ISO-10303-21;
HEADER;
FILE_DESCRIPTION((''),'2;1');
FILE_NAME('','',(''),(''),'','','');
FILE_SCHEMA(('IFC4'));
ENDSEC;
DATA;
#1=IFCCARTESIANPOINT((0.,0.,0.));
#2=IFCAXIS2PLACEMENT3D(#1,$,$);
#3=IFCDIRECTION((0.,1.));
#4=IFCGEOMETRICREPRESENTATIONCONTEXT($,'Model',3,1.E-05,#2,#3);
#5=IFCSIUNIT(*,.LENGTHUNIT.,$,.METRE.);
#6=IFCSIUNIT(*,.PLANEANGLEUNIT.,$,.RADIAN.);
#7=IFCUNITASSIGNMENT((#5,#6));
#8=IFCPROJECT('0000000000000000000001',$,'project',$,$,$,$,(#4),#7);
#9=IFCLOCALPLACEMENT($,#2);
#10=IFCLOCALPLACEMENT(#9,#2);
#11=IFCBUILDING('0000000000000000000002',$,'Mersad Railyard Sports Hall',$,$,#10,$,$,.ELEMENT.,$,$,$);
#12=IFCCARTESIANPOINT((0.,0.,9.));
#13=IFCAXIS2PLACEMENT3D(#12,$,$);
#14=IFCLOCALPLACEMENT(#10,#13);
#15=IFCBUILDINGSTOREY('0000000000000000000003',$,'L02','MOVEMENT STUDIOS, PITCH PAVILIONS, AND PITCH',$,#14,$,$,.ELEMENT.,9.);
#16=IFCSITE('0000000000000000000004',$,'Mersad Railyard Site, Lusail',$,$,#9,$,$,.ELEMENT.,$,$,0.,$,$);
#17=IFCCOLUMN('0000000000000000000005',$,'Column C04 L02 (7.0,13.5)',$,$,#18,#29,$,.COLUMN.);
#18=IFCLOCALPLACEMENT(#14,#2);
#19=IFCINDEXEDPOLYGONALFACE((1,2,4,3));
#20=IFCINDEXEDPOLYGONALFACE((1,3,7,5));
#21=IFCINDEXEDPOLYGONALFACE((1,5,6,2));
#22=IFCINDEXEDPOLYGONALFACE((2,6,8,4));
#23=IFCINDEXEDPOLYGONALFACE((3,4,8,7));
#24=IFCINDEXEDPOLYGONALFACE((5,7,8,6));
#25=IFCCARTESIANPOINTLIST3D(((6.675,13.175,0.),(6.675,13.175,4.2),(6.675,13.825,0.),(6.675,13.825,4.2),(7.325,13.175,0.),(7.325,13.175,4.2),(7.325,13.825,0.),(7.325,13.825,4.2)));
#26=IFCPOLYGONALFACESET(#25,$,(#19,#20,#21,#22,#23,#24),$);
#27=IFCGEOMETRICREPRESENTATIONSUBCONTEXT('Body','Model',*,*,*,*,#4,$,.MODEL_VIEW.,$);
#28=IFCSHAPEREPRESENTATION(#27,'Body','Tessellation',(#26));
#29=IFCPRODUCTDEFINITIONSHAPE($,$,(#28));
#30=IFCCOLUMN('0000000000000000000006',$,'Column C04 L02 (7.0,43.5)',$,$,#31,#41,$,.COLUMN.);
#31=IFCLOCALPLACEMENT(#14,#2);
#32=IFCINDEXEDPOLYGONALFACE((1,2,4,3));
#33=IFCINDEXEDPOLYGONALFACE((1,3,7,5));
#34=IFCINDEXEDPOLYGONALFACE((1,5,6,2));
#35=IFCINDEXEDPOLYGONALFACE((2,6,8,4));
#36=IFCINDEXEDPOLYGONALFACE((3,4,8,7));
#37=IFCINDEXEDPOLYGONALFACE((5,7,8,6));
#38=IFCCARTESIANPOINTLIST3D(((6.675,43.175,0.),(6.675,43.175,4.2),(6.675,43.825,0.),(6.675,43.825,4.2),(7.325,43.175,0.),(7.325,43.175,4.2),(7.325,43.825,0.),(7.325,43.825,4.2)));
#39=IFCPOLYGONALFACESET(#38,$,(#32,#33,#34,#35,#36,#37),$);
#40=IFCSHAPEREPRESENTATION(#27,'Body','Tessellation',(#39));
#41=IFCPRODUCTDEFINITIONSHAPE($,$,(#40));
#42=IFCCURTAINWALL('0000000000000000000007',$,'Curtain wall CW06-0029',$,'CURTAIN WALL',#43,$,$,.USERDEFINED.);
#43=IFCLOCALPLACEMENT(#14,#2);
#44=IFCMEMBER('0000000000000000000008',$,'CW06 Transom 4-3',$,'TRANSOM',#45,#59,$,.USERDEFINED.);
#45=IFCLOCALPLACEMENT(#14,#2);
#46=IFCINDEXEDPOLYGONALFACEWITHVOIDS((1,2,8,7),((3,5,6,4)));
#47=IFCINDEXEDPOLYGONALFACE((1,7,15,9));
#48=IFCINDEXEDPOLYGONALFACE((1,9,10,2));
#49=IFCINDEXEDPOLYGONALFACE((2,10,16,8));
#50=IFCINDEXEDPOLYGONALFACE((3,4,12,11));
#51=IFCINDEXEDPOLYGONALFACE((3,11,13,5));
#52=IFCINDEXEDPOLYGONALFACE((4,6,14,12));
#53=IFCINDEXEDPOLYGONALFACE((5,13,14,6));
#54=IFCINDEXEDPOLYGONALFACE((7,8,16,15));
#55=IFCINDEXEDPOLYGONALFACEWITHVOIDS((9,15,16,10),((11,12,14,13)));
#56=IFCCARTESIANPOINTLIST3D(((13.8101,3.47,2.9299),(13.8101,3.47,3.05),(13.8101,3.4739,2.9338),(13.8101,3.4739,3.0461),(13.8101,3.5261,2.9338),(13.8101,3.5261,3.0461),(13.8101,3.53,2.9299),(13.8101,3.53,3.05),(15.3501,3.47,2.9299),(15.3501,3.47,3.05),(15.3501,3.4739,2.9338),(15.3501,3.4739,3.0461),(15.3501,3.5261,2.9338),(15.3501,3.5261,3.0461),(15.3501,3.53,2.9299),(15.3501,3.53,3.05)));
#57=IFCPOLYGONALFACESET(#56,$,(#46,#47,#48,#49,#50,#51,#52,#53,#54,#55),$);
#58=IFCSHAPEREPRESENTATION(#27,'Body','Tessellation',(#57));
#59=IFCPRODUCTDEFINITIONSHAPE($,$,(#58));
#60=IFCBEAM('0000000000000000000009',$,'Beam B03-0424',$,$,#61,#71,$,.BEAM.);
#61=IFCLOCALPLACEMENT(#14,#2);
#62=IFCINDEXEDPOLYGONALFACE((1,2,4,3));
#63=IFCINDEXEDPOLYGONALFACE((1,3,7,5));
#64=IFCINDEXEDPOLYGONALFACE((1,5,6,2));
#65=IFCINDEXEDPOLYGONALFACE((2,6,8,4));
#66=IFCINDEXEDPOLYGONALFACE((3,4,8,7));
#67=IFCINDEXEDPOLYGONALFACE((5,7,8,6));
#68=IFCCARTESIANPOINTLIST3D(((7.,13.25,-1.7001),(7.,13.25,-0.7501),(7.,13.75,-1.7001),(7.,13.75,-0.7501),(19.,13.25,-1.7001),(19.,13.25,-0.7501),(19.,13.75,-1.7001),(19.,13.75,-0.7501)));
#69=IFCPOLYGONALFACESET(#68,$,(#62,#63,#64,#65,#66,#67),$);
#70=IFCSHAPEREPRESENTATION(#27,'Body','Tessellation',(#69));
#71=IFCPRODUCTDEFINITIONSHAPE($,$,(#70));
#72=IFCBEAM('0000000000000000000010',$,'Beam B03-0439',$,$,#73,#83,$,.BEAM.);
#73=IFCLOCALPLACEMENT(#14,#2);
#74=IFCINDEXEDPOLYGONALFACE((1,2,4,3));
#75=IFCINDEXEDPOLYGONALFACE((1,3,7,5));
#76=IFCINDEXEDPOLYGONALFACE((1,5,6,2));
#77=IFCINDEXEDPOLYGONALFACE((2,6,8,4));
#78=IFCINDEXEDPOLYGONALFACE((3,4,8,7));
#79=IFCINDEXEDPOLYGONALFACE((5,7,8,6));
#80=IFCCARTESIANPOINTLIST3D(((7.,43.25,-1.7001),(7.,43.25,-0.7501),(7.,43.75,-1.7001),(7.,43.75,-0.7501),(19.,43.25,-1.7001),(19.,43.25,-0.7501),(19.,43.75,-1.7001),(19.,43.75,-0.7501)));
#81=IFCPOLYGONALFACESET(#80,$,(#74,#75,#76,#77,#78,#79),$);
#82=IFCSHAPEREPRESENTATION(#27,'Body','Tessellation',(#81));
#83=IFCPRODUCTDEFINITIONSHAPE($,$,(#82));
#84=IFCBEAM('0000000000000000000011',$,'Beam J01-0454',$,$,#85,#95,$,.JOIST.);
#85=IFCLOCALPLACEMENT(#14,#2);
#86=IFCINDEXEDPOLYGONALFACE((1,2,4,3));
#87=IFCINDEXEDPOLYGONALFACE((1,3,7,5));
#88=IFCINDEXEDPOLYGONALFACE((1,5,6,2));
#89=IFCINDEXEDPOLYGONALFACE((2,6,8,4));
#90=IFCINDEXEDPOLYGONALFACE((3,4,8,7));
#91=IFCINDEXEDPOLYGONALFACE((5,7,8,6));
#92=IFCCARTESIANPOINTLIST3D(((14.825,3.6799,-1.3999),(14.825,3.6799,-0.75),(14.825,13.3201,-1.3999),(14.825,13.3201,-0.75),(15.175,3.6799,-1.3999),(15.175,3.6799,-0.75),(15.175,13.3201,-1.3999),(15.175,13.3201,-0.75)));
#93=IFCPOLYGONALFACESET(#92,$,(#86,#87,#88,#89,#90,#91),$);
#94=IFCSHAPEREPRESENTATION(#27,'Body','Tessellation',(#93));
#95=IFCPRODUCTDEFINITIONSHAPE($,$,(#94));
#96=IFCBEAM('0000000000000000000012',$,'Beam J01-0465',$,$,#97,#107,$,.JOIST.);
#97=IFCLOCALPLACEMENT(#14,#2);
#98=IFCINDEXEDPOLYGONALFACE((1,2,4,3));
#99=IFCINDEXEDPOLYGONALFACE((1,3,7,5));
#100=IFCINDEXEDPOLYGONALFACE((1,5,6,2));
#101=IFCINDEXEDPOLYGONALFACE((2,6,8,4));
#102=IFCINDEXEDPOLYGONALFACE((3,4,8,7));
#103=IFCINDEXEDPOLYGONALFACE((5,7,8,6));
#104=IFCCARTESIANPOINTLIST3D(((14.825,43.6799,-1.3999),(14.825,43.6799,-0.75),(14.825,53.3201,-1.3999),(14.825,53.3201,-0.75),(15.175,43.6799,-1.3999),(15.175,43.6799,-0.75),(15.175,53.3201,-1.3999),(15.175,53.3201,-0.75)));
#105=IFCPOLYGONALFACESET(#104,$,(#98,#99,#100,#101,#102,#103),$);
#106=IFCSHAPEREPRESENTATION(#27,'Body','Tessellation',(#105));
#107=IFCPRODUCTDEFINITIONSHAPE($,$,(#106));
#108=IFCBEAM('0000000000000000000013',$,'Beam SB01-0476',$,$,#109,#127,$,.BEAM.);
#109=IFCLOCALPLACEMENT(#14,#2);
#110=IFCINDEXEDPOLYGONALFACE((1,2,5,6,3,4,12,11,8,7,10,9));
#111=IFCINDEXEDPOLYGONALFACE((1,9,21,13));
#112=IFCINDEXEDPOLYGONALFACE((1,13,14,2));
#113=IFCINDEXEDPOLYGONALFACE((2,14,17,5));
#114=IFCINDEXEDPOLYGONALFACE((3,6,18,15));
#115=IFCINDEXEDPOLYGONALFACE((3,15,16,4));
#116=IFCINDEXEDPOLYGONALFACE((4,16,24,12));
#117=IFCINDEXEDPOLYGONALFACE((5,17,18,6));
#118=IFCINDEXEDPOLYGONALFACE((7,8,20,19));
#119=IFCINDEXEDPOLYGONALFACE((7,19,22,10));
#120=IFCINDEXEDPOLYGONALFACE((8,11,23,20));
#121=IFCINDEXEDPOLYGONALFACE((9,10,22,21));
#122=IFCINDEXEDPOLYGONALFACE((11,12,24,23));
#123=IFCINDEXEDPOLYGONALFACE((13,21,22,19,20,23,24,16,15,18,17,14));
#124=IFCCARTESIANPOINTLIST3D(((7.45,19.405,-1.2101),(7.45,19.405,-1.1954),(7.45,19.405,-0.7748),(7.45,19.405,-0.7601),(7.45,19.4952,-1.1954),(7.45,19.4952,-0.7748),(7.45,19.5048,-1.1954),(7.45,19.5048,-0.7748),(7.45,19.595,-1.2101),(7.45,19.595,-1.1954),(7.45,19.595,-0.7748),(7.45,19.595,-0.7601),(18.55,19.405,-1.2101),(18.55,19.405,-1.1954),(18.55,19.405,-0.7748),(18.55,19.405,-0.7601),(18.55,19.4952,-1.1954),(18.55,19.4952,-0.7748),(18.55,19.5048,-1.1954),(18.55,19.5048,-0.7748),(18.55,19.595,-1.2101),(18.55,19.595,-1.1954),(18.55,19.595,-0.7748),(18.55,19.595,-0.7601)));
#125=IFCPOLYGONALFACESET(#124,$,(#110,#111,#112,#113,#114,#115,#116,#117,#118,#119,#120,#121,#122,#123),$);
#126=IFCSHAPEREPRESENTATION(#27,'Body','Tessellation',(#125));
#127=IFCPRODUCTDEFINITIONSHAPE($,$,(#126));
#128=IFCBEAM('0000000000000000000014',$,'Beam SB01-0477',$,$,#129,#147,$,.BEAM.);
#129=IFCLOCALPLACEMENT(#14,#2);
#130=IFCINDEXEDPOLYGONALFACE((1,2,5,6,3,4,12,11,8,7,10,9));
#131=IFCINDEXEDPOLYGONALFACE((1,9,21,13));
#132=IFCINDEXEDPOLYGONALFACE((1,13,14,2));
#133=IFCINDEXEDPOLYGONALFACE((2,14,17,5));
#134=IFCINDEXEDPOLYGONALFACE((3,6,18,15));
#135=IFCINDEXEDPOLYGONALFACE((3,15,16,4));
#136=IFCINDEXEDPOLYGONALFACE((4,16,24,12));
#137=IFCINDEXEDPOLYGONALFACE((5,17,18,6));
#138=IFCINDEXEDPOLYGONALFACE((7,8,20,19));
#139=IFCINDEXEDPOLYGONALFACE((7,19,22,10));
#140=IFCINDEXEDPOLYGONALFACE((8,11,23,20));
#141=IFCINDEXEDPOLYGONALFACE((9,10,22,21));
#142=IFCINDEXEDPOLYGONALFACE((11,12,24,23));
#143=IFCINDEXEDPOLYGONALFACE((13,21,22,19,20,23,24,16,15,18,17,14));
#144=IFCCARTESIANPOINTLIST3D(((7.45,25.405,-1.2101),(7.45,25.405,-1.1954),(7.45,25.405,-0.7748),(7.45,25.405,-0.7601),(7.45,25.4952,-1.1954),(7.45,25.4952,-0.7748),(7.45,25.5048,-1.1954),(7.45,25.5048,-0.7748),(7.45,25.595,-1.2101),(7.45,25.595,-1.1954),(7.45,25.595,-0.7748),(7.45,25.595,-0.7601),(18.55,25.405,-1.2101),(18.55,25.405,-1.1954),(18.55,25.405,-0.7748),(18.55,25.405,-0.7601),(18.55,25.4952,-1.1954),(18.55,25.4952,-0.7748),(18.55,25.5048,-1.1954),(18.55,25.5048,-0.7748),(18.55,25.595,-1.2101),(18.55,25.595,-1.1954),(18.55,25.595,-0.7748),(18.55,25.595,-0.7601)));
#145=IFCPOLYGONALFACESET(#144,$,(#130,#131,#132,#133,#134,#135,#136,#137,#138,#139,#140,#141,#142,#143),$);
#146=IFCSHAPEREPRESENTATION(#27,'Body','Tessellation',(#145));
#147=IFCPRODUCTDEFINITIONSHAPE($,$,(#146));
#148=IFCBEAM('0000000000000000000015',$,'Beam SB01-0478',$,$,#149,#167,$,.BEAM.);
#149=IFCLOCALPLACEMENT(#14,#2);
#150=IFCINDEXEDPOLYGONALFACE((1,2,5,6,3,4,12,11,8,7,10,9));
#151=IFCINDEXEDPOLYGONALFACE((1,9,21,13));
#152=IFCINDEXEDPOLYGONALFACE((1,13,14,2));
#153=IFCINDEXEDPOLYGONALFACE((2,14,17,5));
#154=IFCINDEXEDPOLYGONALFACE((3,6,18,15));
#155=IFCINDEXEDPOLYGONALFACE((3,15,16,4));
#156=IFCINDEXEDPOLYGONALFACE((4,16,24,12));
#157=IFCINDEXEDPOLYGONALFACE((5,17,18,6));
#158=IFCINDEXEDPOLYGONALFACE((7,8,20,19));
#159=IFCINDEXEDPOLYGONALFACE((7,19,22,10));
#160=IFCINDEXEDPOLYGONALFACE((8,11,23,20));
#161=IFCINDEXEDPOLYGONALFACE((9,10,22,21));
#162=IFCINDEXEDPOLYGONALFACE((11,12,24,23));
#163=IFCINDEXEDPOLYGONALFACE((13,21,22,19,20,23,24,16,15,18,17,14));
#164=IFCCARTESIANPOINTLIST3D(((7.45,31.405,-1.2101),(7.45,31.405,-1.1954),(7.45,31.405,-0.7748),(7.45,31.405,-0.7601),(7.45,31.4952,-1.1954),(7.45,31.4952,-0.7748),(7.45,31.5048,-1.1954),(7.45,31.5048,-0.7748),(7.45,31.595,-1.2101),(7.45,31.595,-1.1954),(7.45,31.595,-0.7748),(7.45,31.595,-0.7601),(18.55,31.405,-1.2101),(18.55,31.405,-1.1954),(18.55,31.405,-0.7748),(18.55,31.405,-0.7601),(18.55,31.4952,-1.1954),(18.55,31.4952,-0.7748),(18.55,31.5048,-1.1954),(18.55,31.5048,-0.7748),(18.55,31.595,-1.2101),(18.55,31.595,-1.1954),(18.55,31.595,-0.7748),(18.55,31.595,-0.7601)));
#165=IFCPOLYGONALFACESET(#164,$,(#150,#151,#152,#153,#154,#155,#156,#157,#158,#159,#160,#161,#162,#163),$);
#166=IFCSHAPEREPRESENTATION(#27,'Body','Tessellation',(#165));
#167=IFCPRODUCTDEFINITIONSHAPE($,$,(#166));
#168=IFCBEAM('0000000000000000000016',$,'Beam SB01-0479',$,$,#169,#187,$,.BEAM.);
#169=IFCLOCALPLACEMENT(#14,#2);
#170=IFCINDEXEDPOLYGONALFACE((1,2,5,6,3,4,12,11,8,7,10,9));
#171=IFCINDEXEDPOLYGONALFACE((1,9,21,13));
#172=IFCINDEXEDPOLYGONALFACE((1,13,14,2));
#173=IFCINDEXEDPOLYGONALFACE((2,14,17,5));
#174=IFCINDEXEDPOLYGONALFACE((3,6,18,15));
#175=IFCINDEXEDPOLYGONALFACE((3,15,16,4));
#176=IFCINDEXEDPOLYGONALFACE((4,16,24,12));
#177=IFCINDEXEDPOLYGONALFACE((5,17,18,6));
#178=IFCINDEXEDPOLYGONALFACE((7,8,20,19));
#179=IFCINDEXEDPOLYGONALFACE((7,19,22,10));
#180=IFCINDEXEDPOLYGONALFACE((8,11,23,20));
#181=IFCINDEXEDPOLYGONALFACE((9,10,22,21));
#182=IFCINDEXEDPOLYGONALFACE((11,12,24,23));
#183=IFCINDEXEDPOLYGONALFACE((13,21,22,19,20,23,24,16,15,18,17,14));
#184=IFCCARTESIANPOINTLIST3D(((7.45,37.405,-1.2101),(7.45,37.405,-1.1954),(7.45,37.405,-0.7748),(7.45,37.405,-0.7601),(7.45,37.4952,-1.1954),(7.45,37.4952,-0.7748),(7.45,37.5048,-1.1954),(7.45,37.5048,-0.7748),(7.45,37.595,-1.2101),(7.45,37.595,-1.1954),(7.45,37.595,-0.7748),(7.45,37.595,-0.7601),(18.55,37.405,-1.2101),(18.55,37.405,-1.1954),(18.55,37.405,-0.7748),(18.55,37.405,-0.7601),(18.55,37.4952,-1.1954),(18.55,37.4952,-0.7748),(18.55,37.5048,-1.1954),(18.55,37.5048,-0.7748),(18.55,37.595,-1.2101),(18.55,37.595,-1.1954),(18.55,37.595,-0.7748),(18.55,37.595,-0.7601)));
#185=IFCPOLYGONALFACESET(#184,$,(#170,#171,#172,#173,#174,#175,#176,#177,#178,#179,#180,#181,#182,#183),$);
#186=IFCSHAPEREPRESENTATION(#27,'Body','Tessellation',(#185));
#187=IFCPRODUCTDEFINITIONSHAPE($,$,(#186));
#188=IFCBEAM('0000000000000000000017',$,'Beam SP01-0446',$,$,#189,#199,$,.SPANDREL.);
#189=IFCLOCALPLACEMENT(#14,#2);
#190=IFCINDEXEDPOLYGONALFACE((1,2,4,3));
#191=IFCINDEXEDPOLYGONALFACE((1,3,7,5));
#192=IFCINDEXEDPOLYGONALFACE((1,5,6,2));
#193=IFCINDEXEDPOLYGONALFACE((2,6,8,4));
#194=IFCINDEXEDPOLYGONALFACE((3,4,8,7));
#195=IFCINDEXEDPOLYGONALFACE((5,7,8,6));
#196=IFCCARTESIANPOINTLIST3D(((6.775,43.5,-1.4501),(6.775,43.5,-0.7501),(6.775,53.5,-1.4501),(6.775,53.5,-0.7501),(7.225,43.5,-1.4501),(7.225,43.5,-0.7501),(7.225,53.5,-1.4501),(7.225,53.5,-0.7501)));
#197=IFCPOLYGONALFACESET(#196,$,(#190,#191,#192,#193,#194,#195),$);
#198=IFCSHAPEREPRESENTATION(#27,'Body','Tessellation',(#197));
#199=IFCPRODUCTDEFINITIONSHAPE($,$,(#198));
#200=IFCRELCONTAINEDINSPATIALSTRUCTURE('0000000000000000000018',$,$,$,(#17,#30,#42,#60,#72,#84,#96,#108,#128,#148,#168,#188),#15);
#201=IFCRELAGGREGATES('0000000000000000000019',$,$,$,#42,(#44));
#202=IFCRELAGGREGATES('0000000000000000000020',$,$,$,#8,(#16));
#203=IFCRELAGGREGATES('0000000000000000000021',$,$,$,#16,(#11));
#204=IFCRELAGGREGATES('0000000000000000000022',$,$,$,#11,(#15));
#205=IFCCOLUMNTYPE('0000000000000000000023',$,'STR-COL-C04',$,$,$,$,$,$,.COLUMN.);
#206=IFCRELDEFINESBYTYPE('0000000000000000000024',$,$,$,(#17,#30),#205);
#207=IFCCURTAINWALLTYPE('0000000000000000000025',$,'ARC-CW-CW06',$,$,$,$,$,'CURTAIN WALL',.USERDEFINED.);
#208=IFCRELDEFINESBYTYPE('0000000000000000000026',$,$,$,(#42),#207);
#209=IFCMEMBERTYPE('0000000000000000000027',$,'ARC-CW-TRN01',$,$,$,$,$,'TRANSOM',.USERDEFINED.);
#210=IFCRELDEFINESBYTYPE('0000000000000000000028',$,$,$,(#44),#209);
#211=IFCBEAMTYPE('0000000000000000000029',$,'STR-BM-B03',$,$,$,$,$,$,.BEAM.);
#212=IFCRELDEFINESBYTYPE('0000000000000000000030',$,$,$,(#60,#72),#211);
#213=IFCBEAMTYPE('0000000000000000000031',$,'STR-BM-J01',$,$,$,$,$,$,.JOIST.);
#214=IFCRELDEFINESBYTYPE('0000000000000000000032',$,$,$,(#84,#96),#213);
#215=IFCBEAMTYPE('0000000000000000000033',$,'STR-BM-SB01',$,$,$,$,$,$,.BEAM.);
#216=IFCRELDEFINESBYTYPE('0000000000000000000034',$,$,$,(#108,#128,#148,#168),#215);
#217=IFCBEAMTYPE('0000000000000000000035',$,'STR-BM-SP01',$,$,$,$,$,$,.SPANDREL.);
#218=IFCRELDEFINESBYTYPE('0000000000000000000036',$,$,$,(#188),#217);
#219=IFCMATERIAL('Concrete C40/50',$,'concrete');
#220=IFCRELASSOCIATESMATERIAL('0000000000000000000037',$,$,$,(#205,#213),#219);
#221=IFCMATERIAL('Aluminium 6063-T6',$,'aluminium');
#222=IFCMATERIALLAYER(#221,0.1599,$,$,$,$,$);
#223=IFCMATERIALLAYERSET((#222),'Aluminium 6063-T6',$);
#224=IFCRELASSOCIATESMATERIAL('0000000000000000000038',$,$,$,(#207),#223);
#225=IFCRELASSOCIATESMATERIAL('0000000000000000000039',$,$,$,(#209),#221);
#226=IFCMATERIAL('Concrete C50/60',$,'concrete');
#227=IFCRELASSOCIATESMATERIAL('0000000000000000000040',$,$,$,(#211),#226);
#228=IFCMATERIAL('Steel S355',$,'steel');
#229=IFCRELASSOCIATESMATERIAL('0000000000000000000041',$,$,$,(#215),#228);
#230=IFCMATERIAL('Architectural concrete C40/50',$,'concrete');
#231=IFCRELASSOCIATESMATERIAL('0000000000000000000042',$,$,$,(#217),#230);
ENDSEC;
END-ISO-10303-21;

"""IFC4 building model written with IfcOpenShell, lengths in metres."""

from ifc_helpers import new_model, si_unit, direction, frame, origin, origin_2d, place, context, subcontext, project, spatial, rectangle, hollow_rectangle, i_section, extrude, material, layer, layer_set, material_profile, profile_set, type_object, element, aggregate, save


model = new_model("IFC4")

# Units and contexts
model_context = context("Model", 3, precision=1e-05, world=origin(), true_north=direction((0.0, 1.0)))
body_context = subcontext(model_context, "Body", "Model", "MODEL_VIEW")
ifc_project = project(units=[si_unit("LENGTHUNIT", "METRE"), si_unit("PLANEANGLEUNIT", "RADIAN")], contexts=[model_context])

# Site, building, storey
site_placement = place(None, origin())
site = spatial("IfcSite", under=ifc_project, at=site_placement, Name="Mersad Railyard Site, Lusail", CompositionType="ELEMENT", RefElevation=0.0)
building_placement = place(site_placement, origin())
building = spatial("IfcBuilding", under=site, at=building_placement, Name="Mersad Railyard Sports Hall", CompositionType="ELEMENT")
storey_placement = place(building_placement, frame((0.0, 0.0, 9.0)))
storey = spatial("IfcBuildingStorey", under=building, at=storey_placement, Name="L02", Description="MOVEMENT STUDIOS, PITCH PAVILIONS, AND PITCH", CompositionType="ELEMENT", Elevation=9.0)

# Columns
ifc_material_1 = material(Name="Concrete C40/50", Category="concrete")
ifc_material_profile_1 = material_profile(ifc_material_1, rectangle(XDim=0.6499, YDim=0.6499, at=origin_2d()), Name="RC 650x650")
ifc_profile_set_1 = profile_set([ifc_material_profile_1], Name="Concrete C40/50")
column_type = type_object("IfcColumnType", Name="STR-COL-C04", PredefinedType="COLUMN", material=ifc_profile_set_1)
for number, where, z_axis, x_axis, name in (
    (1, (7.0, 13.5, 0.0), (0.0, 0.0, 1.0), (1.0, 0.0, 0.0), "Column C04 L02 (7.0,13.5)"),
    (2, (7.0, 43.5, 0.0), (0.0, 0.0, 1.0), (1.0, 0.0, 0.0), "Column C04 L02 (7.0,43.5)"),
):
    element("IfcColumn", number, at=place(storey_placement, frame(where, z_axis=z_axis, x_axis=x_axis)), inside=storey, type_object=column_type, Name=name, PredefinedType="COLUMN", context=body_context, shape_type="SweptSolid", body=[
        extrude(rectangle(XDim=0.6499, YDim=0.6499, at=origin_2d()), origin(), (0.0, 0.0, 1.0), 4.2),
    ])

# Curtain wall, member
ifc_material_2 = material(Name="Aluminium 6063-T6", Category="aluminium")
ifc_layer_1 = layer(ifc_material_2, 0.1599)
ifc_layer_set_1 = layer_set([ifc_layer_1], Name="Aluminium 6063-T6")
curtain_wall_type = type_object("IfcCurtainWallType", Name="ARC-CW-CW06", ElementType="CURTAIN WALL", PredefinedType="USERDEFINED", material=ifc_layer_set_1)
curtain_wall_placement = place(storey_placement, origin())
curtain_wall = element("IfcCurtainWall", 3, at=curtain_wall_placement, inside=storey, type_object=curtain_wall_type, Name="Curtain wall CW06-0029", ObjectType="CURTAIN WALL", PredefinedType="USERDEFINED")
ifc_material_profile_2 = material_profile(ifc_material_2, hollow_rectangle(XDim=0.0601, YDim=0.1201, WallThickness=0.0039, at=origin_2d()), Name="AL TRANSOM 60x120x4")
ifc_profile_set_2 = profile_set([ifc_material_profile_2], Name="Aluminium 6063-T6")
member_type = type_object("IfcMemberType", Name="ARC-CW-TRN01", ElementType="TRANSOM", PredefinedType="USERDEFINED", material=ifc_profile_set_2)
member_placement = place(storey_placement, frame((15.3501, 3.5, 2.99), z_axis=(-1.0, 0.0, 0.0), x_axis=(0.0, -1.0, 0.0)))
member = element("IfcMember", 4, at=member_placement, type_object=member_type, Name="CW06 Transom 4-3", ObjectType="TRANSOM", PredefinedType="USERDEFINED", context=body_context, shape_type="SweptSolid", body=[
    extrude(hollow_rectangle(XDim=0.0601, YDim=0.1201, WallThickness=0.0039, at=origin_2d()), origin(), (0.0, 0.0, 1.0), 1.54),
])
aggregate(curtain_wall, [member])

# Beams
ifc_material_3 = material(Name="Concrete C50/60", Category="concrete")
ifc_material_profile_3 = material_profile(ifc_material_3, rectangle(XDim=0.5, YDim=0.95, at=origin_2d()), Name="RC 500x950")
ifc_profile_set_3 = profile_set([ifc_material_profile_3], Name="Concrete C50/60")
beam_type_1 = type_object("IfcBeamType", Name="STR-BM-B03", PredefinedType="BEAM", material=ifc_profile_set_3)
for number, where, z_axis, x_axis, name in (
    (5, (7.0, 13.5, -1.2251), (1.0, 0.0, 0.0), (0.0, 1.0, 0.0), "Beam B03-0424"),
    (6, (7.0, 43.5, -1.2251), (1.0, 0.0, 0.0), (0.0, 1.0, 0.0), "Beam B03-0439"),
):
    element("IfcBeam", number, at=place(storey_placement, frame(where, z_axis=z_axis, x_axis=x_axis)), inside=storey, type_object=beam_type_1, Name=name, PredefinedType="BEAM", context=body_context, shape_type="SweptSolid", body=[
        extrude(rectangle(XDim=0.5, YDim=0.95, at=origin_2d()), origin(), (0.0, 0.0, 1.0), 12.0),
    ])
ifc_material_profile_4 = material_profile(ifc_material_1, rectangle(XDim=0.3501, YDim=0.6499, at=origin_2d()), Name="RC 350x650")
ifc_profile_set_4 = profile_set([ifc_material_profile_4], Name="Concrete C40/50")
beam_type_2 = type_object("IfcBeamType", Name="STR-BM-J01", PredefinedType="JOIST", material=ifc_profile_set_4)
for number, where, z_axis, x_axis, name in (
    (7, (15.0, 3.6799, -1.075), (0.0, 1.0, 0.0), (-1.0, 0.0, 0.0), "Beam J01-0454"),
    (8, (15.0, 43.6799, -1.075), (0.0, 1.0, 0.0), (-1.0, 0.0, 0.0), "Beam J01-0465"),
):
    element("IfcBeam", number, at=place(storey_placement, frame(where, z_axis=z_axis, x_axis=x_axis)), inside=storey, type_object=beam_type_2, Name=name, PredefinedType="JOIST", context=body_context, shape_type="SweptSolid", body=[
        extrude(rectangle(XDim=0.3501, YDim=0.6499, at=origin_2d()), origin(), (0.0, 0.0, 1.0), 9.6401),
    ])
ifc_material_4 = material(Name="Steel S355", Category="steel")
ifc_material_profile_5 = material_profile(ifc_material_4, i_section(OverallWidth=0.1899, OverallDepth=0.45, WebThickness=0.0095, FlangeThickness=0.0146, at=origin_2d()), Name="IPE 450")
ifc_profile_set_5 = profile_set([ifc_material_profile_5], Name="Steel S355")
beam_type_3 = type_object("IfcBeamType", Name="STR-BM-SB01", PredefinedType="BEAM", material=ifc_profile_set_5)
for number, where, z_axis, x_axis, name in (
    (9, (7.45, 19.5, -0.9851), (1.0, 0.0, 0.0), (0.0, 1.0, 0.0), "Beam SB01-0476"),
    (10, (7.45, 25.5, -0.9851), (1.0, 0.0, 0.0), (0.0, 1.0, 0.0), "Beam SB01-0477"),
    (11, (7.45, 31.5, -0.9851), (1.0, 0.0, 0.0), (0.0, 1.0, 0.0), "Beam SB01-0478"),
    (12, (7.45, 37.5, -0.9851), (1.0, 0.0, 0.0), (0.0, 1.0, 0.0), "Beam SB01-0479"),
):
    element("IfcBeam", number, at=place(storey_placement, frame(where, z_axis=z_axis, x_axis=x_axis)), inside=storey, type_object=beam_type_3, Name=name, PredefinedType="BEAM", context=body_context, shape_type="SweptSolid", body=[
        extrude(i_section(OverallWidth=0.1899, OverallDepth=0.45, WebThickness=0.0095, FlangeThickness=0.0146, at=origin_2d()), origin(), (0.0, 0.0, 1.0), 11.1001),
    ])
ifc_material_5 = material(Name="Architectural concrete C40/50", Category="concrete")
ifc_material_profile_6 = material_profile(ifc_material_5, rectangle(XDim=0.45, YDim=0.7, at=origin_2d()), Name="RC 450x700")
ifc_profile_set_6 = profile_set([ifc_material_profile_6], Name="Architectural concrete C40/50")
beam_type_4 = type_object("IfcBeamType", Name="STR-BM-SP01", PredefinedType="SPANDREL", material=ifc_profile_set_6)
beam_1_placement = place(storey_placement, frame((7.0, 43.5, -1.1001), z_axis=(0.0, 1.0, 0.0), x_axis=(-1.0, 0.0, 0.0)))
element("IfcBeam", 13, at=beam_1_placement, inside=storey, type_object=beam_type_4, Name="Beam SP01-0446", PredefinedType="SPANDREL", context=body_context, shape_type="SweptSolid", body=[
    extrude(rectangle(XDim=0.45, YDim=0.7, at=origin_2d()), origin(), (0.0, 0.0, 1.0), 10.0),
])

save(model, "model.ifc")
